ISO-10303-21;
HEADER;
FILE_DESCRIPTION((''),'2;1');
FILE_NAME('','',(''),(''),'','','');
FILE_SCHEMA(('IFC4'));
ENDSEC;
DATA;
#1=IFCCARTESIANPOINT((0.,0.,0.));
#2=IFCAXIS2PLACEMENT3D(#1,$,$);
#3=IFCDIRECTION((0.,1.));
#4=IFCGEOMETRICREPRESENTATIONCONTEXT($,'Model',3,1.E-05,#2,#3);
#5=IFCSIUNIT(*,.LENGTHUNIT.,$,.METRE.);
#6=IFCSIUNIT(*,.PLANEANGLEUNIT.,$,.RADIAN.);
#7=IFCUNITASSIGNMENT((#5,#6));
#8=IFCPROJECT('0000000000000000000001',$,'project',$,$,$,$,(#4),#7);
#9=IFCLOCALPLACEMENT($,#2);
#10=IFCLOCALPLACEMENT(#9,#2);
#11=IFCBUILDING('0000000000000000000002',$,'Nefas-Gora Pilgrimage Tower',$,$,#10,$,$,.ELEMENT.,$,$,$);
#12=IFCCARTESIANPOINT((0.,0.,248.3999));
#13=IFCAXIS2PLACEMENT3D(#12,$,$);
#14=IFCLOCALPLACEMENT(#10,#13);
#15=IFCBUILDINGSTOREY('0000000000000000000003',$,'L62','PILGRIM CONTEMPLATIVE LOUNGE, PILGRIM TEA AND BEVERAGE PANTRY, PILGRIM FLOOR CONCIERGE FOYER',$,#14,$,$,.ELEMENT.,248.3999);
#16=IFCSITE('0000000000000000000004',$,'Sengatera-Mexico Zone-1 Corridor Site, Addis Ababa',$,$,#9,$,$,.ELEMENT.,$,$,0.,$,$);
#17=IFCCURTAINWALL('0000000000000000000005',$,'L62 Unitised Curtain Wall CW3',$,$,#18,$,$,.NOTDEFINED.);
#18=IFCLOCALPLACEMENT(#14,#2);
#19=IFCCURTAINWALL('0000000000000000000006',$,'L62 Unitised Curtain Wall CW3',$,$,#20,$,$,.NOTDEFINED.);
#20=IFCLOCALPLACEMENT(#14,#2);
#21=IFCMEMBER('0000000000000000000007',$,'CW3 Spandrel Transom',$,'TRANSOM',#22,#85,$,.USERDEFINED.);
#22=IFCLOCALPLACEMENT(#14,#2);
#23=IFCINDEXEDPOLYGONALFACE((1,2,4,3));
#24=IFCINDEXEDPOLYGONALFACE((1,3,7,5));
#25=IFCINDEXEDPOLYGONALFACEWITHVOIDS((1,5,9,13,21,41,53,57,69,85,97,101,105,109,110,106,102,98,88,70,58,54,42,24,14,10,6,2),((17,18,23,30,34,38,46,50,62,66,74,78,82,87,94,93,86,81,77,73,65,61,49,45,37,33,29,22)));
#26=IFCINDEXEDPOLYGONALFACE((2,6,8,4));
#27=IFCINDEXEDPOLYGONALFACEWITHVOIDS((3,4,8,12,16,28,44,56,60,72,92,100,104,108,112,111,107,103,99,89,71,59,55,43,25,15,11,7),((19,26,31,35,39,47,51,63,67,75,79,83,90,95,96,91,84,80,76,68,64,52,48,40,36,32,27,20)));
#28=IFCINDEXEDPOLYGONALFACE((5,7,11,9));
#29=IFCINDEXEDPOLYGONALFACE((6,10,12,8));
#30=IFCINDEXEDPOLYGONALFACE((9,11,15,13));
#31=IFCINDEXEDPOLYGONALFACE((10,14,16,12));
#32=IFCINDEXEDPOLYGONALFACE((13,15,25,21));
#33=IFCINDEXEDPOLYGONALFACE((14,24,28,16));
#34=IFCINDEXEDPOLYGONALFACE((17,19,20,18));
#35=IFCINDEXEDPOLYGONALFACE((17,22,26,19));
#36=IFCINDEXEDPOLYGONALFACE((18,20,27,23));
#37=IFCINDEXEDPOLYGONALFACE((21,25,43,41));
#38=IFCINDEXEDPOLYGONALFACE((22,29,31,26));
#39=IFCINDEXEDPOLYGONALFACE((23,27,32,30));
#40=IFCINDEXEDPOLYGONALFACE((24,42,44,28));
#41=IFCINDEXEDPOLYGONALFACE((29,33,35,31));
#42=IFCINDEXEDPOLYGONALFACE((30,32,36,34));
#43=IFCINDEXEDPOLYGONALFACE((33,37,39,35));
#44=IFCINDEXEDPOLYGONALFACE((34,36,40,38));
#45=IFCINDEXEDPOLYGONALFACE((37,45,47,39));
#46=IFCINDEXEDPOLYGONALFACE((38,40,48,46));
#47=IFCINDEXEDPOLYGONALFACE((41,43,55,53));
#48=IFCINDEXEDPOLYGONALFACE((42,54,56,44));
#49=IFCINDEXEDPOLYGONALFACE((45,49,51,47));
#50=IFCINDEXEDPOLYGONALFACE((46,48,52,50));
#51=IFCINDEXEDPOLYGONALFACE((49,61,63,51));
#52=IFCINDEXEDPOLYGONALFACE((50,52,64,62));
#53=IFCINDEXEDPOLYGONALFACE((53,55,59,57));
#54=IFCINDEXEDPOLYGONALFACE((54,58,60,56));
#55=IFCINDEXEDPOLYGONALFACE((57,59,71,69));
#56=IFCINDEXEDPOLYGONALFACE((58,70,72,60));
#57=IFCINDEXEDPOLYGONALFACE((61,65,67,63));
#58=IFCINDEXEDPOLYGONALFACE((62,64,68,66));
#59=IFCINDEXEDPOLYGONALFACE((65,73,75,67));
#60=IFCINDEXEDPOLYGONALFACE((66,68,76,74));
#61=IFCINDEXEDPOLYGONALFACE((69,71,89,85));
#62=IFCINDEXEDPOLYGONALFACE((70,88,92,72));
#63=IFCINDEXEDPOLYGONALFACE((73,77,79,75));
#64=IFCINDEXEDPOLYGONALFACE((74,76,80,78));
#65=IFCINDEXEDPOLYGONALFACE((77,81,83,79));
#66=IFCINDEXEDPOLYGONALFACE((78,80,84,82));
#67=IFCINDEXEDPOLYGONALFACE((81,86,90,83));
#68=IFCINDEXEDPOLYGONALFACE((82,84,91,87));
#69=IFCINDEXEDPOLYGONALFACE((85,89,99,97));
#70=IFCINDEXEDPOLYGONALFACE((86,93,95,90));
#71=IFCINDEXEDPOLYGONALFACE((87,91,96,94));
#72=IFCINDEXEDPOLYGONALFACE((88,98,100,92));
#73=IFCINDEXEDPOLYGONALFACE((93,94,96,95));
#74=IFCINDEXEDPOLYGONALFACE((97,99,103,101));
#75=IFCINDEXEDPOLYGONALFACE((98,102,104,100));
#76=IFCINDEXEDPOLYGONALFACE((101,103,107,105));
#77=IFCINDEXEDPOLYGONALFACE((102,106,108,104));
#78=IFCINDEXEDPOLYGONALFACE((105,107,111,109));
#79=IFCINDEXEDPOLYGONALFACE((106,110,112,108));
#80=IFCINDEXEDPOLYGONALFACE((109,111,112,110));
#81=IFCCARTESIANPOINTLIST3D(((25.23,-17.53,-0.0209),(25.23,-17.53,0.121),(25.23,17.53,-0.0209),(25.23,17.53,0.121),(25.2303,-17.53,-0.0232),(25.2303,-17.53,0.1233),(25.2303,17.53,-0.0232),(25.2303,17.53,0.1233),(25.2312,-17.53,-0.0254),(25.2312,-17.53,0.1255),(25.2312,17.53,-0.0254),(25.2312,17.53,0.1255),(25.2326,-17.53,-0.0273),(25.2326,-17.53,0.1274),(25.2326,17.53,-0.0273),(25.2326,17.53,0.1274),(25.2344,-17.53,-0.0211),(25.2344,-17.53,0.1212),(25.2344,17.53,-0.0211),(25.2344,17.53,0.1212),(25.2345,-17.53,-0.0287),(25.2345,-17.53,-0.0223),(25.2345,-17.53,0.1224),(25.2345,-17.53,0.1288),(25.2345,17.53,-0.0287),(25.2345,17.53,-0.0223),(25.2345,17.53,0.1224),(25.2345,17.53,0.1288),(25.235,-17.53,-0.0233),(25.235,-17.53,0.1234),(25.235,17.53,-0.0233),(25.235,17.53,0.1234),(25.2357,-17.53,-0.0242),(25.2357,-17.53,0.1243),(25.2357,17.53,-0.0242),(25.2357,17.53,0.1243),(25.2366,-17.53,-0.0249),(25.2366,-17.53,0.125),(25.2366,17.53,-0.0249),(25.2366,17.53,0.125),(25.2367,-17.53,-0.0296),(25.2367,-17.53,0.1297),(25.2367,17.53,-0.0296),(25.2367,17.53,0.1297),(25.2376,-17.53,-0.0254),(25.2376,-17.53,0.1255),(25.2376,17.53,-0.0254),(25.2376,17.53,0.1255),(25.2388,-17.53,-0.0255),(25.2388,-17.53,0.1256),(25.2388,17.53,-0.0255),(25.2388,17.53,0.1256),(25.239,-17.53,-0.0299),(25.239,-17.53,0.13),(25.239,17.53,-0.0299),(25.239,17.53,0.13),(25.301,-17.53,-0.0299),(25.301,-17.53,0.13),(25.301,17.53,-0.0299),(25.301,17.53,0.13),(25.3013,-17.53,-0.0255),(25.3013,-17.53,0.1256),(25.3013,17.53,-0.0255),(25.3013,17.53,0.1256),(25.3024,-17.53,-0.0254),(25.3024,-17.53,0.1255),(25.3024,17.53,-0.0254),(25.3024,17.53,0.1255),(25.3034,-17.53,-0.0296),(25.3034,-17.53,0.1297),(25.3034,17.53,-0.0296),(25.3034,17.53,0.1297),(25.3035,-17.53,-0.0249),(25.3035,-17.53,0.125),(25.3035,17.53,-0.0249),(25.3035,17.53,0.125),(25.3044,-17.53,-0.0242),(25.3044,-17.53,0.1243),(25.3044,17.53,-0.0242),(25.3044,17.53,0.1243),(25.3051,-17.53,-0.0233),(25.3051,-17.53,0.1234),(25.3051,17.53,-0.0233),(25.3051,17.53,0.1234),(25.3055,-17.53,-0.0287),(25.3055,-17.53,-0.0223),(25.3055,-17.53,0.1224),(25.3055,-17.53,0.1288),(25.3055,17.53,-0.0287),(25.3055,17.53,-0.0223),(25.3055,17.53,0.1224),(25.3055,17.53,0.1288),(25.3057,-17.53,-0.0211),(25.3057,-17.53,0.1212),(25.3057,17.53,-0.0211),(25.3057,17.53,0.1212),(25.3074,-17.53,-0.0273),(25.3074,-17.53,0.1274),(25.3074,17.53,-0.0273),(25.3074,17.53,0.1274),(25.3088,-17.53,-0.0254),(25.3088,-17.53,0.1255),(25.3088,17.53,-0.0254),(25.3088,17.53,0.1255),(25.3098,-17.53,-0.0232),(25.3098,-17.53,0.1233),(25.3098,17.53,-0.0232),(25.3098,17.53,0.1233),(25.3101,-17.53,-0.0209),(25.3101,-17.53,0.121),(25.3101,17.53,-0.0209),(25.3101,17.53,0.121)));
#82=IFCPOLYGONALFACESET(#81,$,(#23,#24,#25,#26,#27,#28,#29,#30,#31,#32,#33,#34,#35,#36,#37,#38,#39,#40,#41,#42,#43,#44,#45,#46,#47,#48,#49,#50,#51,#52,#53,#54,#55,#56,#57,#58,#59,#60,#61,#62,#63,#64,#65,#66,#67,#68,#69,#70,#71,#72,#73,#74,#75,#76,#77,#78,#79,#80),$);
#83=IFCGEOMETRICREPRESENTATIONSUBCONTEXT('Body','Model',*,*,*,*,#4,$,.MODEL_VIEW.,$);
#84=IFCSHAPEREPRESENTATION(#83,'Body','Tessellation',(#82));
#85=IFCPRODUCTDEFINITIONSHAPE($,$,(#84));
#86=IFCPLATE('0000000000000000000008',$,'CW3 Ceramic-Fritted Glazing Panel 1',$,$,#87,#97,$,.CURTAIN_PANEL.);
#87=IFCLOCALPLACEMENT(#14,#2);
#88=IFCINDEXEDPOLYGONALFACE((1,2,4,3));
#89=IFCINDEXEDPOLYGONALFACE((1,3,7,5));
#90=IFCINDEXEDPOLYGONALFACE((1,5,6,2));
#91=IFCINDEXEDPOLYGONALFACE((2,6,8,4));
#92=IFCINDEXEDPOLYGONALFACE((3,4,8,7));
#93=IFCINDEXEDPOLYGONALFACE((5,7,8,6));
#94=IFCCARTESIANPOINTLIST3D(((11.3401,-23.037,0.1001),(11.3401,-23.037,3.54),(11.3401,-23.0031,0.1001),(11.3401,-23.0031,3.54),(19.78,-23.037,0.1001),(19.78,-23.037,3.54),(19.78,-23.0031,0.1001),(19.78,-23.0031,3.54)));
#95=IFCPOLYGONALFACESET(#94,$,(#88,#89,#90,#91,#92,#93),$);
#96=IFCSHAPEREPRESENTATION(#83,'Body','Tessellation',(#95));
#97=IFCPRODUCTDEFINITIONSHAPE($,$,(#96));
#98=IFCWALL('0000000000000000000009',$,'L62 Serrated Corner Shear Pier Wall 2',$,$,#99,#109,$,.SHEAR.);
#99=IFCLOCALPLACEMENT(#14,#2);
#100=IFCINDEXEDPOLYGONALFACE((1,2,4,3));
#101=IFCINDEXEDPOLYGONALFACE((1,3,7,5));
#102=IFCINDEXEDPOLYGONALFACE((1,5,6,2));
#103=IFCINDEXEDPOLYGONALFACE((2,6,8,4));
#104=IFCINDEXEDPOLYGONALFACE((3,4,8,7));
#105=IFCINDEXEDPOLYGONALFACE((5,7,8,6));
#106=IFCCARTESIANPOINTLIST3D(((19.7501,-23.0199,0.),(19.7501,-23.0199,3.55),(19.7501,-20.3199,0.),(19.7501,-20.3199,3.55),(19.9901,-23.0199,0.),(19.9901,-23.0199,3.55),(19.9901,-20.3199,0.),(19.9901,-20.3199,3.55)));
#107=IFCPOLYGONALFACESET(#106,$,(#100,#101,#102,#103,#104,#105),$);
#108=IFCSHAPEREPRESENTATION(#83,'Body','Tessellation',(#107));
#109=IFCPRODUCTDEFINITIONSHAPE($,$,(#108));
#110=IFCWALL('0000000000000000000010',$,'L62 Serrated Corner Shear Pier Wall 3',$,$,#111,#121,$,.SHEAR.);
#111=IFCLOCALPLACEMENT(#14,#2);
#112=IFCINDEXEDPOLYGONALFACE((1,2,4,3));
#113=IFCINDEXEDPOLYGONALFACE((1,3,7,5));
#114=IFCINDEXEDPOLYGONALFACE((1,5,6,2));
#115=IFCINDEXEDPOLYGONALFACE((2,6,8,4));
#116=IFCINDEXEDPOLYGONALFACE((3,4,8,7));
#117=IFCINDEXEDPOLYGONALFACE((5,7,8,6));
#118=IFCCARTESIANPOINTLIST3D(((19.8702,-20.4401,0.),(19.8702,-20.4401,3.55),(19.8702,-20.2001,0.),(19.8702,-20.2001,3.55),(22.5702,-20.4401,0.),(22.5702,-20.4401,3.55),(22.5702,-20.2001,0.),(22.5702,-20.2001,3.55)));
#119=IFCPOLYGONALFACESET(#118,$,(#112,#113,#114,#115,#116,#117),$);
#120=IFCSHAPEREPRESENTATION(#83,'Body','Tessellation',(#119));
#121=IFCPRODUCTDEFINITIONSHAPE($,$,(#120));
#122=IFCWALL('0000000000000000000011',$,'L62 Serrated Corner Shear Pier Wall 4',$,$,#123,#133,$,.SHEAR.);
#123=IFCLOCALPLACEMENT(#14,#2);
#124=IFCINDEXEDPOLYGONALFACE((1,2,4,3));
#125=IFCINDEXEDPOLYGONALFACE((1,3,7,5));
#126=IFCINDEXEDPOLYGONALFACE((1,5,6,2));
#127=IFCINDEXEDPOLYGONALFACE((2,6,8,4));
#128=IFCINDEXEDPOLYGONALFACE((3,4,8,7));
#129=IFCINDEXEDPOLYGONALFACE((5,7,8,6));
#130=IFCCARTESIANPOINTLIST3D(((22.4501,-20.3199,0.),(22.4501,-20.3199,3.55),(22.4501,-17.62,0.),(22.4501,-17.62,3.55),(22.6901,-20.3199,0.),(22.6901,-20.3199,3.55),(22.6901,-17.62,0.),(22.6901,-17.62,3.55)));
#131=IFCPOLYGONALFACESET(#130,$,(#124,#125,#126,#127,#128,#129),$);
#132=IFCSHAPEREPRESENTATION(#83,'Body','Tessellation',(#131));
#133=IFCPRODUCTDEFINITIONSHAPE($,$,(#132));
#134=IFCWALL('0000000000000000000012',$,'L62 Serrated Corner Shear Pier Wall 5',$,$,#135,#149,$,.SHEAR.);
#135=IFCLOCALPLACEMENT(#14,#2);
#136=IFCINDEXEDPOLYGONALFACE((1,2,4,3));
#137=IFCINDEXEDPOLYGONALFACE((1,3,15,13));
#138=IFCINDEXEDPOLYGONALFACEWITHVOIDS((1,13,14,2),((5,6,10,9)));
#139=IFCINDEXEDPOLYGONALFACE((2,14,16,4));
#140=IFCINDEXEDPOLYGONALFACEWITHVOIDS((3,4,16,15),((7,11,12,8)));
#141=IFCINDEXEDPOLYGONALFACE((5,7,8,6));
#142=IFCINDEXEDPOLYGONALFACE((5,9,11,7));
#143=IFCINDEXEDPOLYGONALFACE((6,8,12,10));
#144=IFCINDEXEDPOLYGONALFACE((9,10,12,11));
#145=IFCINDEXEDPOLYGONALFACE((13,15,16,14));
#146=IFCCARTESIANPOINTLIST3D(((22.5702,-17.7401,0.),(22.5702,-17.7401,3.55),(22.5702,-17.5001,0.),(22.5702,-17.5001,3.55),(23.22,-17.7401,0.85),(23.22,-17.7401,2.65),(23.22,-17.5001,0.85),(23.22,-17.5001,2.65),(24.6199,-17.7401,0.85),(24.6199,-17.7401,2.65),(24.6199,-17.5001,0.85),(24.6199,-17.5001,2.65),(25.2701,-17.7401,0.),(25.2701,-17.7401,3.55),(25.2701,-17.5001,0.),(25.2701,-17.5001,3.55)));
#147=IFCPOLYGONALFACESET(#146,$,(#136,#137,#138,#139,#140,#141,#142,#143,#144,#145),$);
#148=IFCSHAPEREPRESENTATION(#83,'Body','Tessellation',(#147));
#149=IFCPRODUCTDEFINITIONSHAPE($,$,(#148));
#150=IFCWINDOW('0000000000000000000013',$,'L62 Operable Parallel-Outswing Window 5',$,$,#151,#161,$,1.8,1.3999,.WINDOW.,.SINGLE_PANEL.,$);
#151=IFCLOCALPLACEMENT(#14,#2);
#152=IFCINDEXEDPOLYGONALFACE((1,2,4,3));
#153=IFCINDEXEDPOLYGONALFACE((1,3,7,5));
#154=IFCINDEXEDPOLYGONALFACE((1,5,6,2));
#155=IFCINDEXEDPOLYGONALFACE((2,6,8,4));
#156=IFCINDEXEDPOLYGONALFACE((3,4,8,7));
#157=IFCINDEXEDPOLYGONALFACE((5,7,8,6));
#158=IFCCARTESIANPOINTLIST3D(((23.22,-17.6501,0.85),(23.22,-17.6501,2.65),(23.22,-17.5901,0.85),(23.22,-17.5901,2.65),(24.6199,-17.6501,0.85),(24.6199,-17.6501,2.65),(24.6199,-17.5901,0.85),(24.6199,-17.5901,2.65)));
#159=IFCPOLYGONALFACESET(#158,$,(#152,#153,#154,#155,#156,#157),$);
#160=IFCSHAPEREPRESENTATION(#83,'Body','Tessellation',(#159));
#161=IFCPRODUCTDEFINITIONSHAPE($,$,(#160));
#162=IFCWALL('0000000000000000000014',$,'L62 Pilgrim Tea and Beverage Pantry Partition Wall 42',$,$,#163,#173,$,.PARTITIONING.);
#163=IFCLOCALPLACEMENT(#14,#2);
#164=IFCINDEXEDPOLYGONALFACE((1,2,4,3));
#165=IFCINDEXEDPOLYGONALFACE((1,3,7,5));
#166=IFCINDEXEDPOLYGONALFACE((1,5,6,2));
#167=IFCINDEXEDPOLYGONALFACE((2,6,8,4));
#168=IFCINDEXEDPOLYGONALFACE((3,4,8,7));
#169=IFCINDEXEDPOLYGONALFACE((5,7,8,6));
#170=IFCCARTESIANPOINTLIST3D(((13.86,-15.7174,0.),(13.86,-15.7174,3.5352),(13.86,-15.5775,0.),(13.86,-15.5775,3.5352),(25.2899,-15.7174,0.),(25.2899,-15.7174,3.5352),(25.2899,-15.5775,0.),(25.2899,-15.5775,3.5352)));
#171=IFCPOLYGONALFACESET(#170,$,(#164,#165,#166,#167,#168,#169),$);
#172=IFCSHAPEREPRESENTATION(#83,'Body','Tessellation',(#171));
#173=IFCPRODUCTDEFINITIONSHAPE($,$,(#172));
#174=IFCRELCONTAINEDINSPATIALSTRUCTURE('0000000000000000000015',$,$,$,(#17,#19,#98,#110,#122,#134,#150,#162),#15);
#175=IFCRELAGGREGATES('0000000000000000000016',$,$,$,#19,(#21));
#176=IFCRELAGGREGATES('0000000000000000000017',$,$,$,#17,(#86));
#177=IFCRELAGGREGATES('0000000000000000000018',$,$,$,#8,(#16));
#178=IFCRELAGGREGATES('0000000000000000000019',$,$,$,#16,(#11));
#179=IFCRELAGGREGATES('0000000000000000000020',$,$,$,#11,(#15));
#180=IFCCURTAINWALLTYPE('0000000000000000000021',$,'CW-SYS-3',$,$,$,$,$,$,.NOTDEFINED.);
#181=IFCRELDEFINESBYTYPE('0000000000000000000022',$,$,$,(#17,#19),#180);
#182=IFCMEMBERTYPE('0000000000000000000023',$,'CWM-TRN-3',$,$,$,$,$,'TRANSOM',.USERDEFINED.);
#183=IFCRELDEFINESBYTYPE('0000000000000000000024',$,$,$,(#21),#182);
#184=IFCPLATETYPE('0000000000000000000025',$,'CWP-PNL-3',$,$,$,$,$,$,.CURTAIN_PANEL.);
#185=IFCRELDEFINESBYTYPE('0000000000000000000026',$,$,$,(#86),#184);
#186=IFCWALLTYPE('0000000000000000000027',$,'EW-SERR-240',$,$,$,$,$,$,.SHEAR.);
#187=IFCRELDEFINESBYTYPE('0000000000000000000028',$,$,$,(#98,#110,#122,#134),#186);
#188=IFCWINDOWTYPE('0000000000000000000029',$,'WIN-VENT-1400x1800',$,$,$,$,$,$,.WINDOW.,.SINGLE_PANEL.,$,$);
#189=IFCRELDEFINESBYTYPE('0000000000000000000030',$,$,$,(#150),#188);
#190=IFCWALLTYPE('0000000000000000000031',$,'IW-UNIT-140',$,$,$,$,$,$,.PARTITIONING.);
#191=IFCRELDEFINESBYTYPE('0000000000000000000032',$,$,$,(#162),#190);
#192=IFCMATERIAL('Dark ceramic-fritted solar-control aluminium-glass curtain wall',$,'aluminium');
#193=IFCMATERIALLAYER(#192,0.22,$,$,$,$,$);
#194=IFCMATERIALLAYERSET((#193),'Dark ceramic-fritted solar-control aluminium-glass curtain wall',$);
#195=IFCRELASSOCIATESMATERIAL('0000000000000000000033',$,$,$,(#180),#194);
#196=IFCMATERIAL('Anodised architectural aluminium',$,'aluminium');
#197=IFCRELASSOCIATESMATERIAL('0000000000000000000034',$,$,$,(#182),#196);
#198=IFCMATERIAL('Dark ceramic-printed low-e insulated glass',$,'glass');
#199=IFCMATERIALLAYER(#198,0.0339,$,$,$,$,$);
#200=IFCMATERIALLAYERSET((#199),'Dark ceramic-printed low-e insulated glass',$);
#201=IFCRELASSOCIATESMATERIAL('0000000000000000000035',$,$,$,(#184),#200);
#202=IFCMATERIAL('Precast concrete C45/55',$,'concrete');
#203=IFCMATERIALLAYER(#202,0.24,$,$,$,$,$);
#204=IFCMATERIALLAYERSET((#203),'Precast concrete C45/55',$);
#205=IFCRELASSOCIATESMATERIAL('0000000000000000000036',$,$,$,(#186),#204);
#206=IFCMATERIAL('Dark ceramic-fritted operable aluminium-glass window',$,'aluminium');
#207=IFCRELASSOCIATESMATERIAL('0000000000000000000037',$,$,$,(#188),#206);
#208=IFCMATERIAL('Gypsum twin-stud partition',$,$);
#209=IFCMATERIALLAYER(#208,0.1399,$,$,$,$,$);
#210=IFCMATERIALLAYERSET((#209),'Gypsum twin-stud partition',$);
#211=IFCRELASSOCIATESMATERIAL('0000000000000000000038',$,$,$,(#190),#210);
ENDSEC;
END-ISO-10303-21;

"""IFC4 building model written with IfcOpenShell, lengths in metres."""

from ifc_helpers import new_model, si_unit, direction, frame, frame_2d, origin, origin_2d, place, context, subcontext, project, spatial, rectangle, hollow_rectangle, extrude, source, transform, mapped, material, layer, layer_set, material_profile, profile_set, type_object, element, fill, aggregate, save


model = new_model("IFC4")

# Units and contexts
model_context = context("Model", 3, precision=1e-05, world=origin(), true_north=direction((0.0, 1.0)))
body_context = subcontext(model_context, "Body", "Model", "MODEL_VIEW")
ifc_project = project(units=[si_unit("LENGTHUNIT", "METRE"), si_unit("PLANEANGLEUNIT", "RADIAN")], contexts=[model_context])

# Site, building, storey
site_placement = place(None, origin())
site = spatial("IfcSite", under=ifc_project, at=site_placement, Name="Sengatera-Mexico Zone-1 Corridor Site, Addis Ababa", CompositionType="ELEMENT", RefElevation=0.0)
building_placement = place(site_placement, origin())
building = spatial("IfcBuilding", under=site, at=building_placement, Name="Nefas-Gora Pilgrimage Tower", CompositionType="ELEMENT")
storey_placement = place(building_placement, frame((0.0, 0.0, 248.3999)))
storey = spatial("IfcBuildingStorey", under=building, at=storey_placement, Name="L62", Description="PILGRIM CONTEMPLATIVE LOUNGE, PILGRIM TEA AND BEVERAGE PANTRY, PILGRIM FLOOR CONCIERGE FOYER", CompositionType="ELEMENT", Elevation=248.3999)

# Curtain wall
ifc_material_1 = material(Name="Dark ceramic-fritted solar-control aluminium-glass curtain wall", Category="aluminium")
ifc_layer_1 = layer(ifc_material_1, 0.22)
ifc_layer_set_1 = layer_set([ifc_layer_1], Name="Dark ceramic-fritted solar-control aluminium-glass curtain wall")
curtain_wall_type = type_object("IfcCurtainWallType", Name="CW-SYS-3", PredefinedType="NOTDEFINED", material=ifc_layer_set_1)
curtain_wall_1_placement = place(storey_placement, origin())
curtain_wall_1 = element("IfcCurtainWall", 1, at=curtain_wall_1_placement, inside=storey, type_object=curtain_wall_type, Name="L62 Unitised Curtain Wall CW3", PredefinedType="NOTDEFINED")
ifc_material_2 = material(Name="Anodised architectural aluminium", Category="aluminium")

# Curtain wall
curtain_wall_2_placement = place(storey_placement, origin())
curtain_wall_2 = element("IfcCurtainWall", 2, at=curtain_wall_2_placement, inside=storey, type_object=curtain_wall_type, Name="L62 Unitised Curtain Wall CW3", PredefinedType="NOTDEFINED")

# Member
ifc_material_profile_1 = material_profile(ifc_material_2, hollow_rectangle(XDim=0.0801, YDim=0.1599, WallThickness=0.0044, InnerFilletRadius=0.0044, OuterFilletRadius=0.009, at=origin_2d()), Name="ALU TRANSOM 80x160")
ifc_profile_set_1 = profile_set([ifc_material_profile_1], Name="Anodised architectural aluminium")
member_type_1 = type_object("IfcMemberType", Name="CWM-TRN-3", ElementType="TRANSOM", PredefinedType="USERDEFINED", material=ifc_profile_set_1)
shared_shape_1 = source(origin(), body_context, "Body", "SweptSolid", [
    extrude(hollow_rectangle(XDim=0.0801, YDim=0.1599, WallThickness=0.0044, InnerFilletRadius=0.0044, OuterFilletRadius=0.009, at=origin_2d()), origin(), (0.0, 0.0, 1.0), 35.0601),
])
member_1_placement = place(storey_placement, frame((25.27, -17.53, 0.05), z_axis=(0.0, 1.0, 0.0), x_axis=(-1.0, 0.0, 0.0)))
member_1 = element("IfcMember", 3, at=member_1_placement, type_object=member_type_1, Name="CW3 Spandrel Transom", ObjectType="TRANSOM", PredefinedType="USERDEFINED", context=body_context, shape_type="MappedRepresentation", body=[
    mapped(shared_shape_1, transform((0.0, 0.0, 0.0), x_axis=(1.0, 0.0, 0.0), y_axis=(0.0, 1.0, 0.0), z_axis=(0.0, 0.0, 1.0), scale=1.0)),
])
aggregate(curtain_wall_2, [member_1])

# Plate
ifc_material_3 = material(Name="Dark ceramic-printed low-e insulated glass", Category="glass")
ifc_layer_2 = layer(ifc_material_3, 0.0339)
ifc_layer_set_2 = layer_set([ifc_layer_2], Name="Dark ceramic-printed low-e insulated glass")
plate_type = type_object("IfcPlateType", Name="CWP-PNL-3", PredefinedType="CURTAIN_PANEL", material=ifc_layer_set_2)
shared_shape_2 = source(origin(), body_context, "Body", "SweptSolid", [
    extrude(rectangle(XDim=8.4399, YDim=0.0339, at=origin_2d()), origin(), (0.0, 0.0, 1.0), 3.4399),
])
plate_placement = place(storey_placement, frame((15.5601, -23.02, 0.1001), z_axis=(0.0, 0.0, 1.0), x_axis=(1.0, 0.0, 0.0)))
plate = element("IfcPlate", 4, at=plate_placement, type_object=plate_type, Name="CW3 Ceramic-Fritted Glazing Panel 1", PredefinedType="CURTAIN_PANEL", context=body_context, shape_type="MappedRepresentation", body=[
    mapped(shared_shape_2, transform((0.0, 0.0, 0.0), x_axis=(1.0, 0.0, 0.0), y_axis=(0.0, 1.0, 0.0), z_axis=(0.0, 0.0, 1.0), scale=1.0)),
])
aggregate(curtain_wall_1, [plate])

# Walls
ifc_material_4 = material(Name="Precast concrete C45/55", Category="concrete")
ifc_layer_3 = layer(ifc_material_4, 0.24)
ifc_layer_set_3 = layer_set([ifc_layer_3], Name="Precast concrete C45/55")
wall_type_1 = type_object("IfcWallType", Name="EW-SERR-240", PredefinedType="SHEAR", material=ifc_layer_set_3)
shared_shape_3 = source(origin(), body_context, "Body", "SweptSolid", [
    extrude(rectangle(XDim=2.7, YDim=0.24, at=frame_2d((1.3501, 0.0))), origin(), (0.0, 0.0, 1.0), 3.55),
])
for number, where, z_axis, x_axis, name in (
    (5, (19.8701, -23.02, 0.0), (0.0, 0.0, 1.0), (0.0, 1.0, 0.0), "L62 Serrated Corner Shear Pier Wall 2"),
    (6, (19.8701, -20.3201, 0.0), (0.0, 0.0, 1.0), (1.0, 0.0, 0.0), "L62 Serrated Corner Shear Pier Wall 3"),
    (7, (22.5701, -20.3201, 0.0), (0.0, 0.0, 1.0), (0.0, 1.0, 0.0), "L62 Serrated Corner Shear Pier Wall 4"),
):
    element("IfcWall", number, at=place(storey_placement, frame(where, z_axis=z_axis, x_axis=x_axis)), inside=storey, type_object=wall_type_1, Name=name, PredefinedType="SHEAR", context=body_context, shape_type="MappedRepresentation", body=[
        mapped(shared_shape_3, transform((0.0, 0.0, 0.0), x_axis=(1.0, 0.0, 0.0), y_axis=(0.0, 1.0, 0.0), z_axis=(0.0, 0.0, 1.0), scale=1.0)),
    ])

# Wall, opening, window
wall_1_placement = place(storey_placement, frame((22.5701, -17.6201, 0.0), z_axis=(0.0, 0.0, 1.0), x_axis=(1.0, 0.0, 0.0)))
wall_1 = element("IfcWall", 8, at=wall_1_placement, inside=storey, type_object=wall_type_1, Name="L62 Serrated Corner Shear Pier Wall 5", PredefinedType="SHEAR", context=body_context, shape_type="MappedRepresentation", body=[
    mapped(shared_shape_3, transform((0.0, 0.0, 0.0), x_axis=(1.0, 0.0, 0.0), y_axis=(0.0, 1.0, 0.0), z_axis=(0.0, 0.0, 1.0), scale=1.0)),
])
opening_1_placement = place(wall_1_placement, frame((0.6499, 0.0, 0.8501)))
opening_1 = element("IfcOpeningElement", 9, at=opening_1_placement, cuts=wall_1, PredefinedType="OPENING", context=body_context, shape_type="SweptSolid", body=[
    extrude(rectangle(XDim=1.3999, YDim=1.8, at=frame_2d((0.7, 0.8999))), frame((0.0, 0.1299, 0.0), z_axis=(0.0, -1.0, 0.0), x_axis=(1.0, 0.0, 0.0)), (0.0, 0.0, 1.0), 0.26),
])
ifc_material_5 = material(Name="Dark ceramic-fritted operable aluminium-glass window", Category="aluminium")
window_type = type_object("IfcWindowType", Name="WIN-VENT-1400x1800", PartitioningType="SINGLE_PANEL", PredefinedType="WINDOW", material=ifc_material_5)
shared_shape_4 = source(origin(), body_context, "Body", "SweptSolid", [
    extrude(rectangle(XDim=1.3999, YDim=1.8, at=frame_2d((0.7, 0.8999))), frame((0.0, 0.03, 0.0), z_axis=(0.0, -1.0, 0.0), x_axis=(1.0, 0.0, 0.0)), (0.0, 0.0, 1.0), 0.0601),
])
window_placement = place(opening_1_placement, origin())
window = element("IfcWindow", 10, at=window_placement, inside=storey, type_object=window_type, Name="L62 Operable Parallel-Outswing Window 5", OverallHeight=1.8, OverallWidth=1.3999, PartitioningType="SINGLE_PANEL", PredefinedType="WINDOW", context=body_context, shape_type="MappedRepresentation", body=[
    mapped(shared_shape_4, transform((0.0, 0.0, 0.0), x_axis=(1.0, 0.0, 0.0), y_axis=(0.0, 1.0, 0.0), z_axis=(0.0, 0.0, 1.0), scale=1.0)),
])
fill(opening_1, window)

# Wall
ifc_material_6 = material(Name="Gypsum twin-stud partition")
ifc_layer_4 = layer(ifc_material_6, 0.1399)
ifc_layer_set_4 = layer_set([ifc_layer_4], Name="Gypsum twin-stud partition")
wall_type_2 = type_object("IfcWallType", Name="IW-UNIT-140", PredefinedType="PARTITIONING", material=ifc_layer_set_4)
shared_shape_5 = source(origin(), body_context, "Body", "SweptSolid", [
    extrude(rectangle(XDim=11.4299, YDim=0.1399, at=frame_2d((5.7148, 0.0))), origin(), (0.0, 0.0, 1.0), 3.5352),
])
wall_2_placement = place(storey_placement, frame((13.8601, -15.6475, 0.0), z_axis=(0.0, 0.0, 1.0), x_axis=(1.0, 0.0, 0.0)))
element("IfcWall", 11, at=wall_2_placement, inside=storey, type_object=wall_type_2, Name="L62 Pilgrim Tea and Beverage Pantry Partition Wall 42", PredefinedType="PARTITIONING", context=body_context, shape_type="MappedRepresentation", body=[
    mapped(shared_shape_5, transform((0.0, 0.0, 0.0), x_axis=(1.0, 0.0, 0.0), y_axis=(0.0, 1.0, 0.0), z_axis=(0.0, 0.0, 1.0), scale=1.0)),
])

save(model, "model.ifc")
